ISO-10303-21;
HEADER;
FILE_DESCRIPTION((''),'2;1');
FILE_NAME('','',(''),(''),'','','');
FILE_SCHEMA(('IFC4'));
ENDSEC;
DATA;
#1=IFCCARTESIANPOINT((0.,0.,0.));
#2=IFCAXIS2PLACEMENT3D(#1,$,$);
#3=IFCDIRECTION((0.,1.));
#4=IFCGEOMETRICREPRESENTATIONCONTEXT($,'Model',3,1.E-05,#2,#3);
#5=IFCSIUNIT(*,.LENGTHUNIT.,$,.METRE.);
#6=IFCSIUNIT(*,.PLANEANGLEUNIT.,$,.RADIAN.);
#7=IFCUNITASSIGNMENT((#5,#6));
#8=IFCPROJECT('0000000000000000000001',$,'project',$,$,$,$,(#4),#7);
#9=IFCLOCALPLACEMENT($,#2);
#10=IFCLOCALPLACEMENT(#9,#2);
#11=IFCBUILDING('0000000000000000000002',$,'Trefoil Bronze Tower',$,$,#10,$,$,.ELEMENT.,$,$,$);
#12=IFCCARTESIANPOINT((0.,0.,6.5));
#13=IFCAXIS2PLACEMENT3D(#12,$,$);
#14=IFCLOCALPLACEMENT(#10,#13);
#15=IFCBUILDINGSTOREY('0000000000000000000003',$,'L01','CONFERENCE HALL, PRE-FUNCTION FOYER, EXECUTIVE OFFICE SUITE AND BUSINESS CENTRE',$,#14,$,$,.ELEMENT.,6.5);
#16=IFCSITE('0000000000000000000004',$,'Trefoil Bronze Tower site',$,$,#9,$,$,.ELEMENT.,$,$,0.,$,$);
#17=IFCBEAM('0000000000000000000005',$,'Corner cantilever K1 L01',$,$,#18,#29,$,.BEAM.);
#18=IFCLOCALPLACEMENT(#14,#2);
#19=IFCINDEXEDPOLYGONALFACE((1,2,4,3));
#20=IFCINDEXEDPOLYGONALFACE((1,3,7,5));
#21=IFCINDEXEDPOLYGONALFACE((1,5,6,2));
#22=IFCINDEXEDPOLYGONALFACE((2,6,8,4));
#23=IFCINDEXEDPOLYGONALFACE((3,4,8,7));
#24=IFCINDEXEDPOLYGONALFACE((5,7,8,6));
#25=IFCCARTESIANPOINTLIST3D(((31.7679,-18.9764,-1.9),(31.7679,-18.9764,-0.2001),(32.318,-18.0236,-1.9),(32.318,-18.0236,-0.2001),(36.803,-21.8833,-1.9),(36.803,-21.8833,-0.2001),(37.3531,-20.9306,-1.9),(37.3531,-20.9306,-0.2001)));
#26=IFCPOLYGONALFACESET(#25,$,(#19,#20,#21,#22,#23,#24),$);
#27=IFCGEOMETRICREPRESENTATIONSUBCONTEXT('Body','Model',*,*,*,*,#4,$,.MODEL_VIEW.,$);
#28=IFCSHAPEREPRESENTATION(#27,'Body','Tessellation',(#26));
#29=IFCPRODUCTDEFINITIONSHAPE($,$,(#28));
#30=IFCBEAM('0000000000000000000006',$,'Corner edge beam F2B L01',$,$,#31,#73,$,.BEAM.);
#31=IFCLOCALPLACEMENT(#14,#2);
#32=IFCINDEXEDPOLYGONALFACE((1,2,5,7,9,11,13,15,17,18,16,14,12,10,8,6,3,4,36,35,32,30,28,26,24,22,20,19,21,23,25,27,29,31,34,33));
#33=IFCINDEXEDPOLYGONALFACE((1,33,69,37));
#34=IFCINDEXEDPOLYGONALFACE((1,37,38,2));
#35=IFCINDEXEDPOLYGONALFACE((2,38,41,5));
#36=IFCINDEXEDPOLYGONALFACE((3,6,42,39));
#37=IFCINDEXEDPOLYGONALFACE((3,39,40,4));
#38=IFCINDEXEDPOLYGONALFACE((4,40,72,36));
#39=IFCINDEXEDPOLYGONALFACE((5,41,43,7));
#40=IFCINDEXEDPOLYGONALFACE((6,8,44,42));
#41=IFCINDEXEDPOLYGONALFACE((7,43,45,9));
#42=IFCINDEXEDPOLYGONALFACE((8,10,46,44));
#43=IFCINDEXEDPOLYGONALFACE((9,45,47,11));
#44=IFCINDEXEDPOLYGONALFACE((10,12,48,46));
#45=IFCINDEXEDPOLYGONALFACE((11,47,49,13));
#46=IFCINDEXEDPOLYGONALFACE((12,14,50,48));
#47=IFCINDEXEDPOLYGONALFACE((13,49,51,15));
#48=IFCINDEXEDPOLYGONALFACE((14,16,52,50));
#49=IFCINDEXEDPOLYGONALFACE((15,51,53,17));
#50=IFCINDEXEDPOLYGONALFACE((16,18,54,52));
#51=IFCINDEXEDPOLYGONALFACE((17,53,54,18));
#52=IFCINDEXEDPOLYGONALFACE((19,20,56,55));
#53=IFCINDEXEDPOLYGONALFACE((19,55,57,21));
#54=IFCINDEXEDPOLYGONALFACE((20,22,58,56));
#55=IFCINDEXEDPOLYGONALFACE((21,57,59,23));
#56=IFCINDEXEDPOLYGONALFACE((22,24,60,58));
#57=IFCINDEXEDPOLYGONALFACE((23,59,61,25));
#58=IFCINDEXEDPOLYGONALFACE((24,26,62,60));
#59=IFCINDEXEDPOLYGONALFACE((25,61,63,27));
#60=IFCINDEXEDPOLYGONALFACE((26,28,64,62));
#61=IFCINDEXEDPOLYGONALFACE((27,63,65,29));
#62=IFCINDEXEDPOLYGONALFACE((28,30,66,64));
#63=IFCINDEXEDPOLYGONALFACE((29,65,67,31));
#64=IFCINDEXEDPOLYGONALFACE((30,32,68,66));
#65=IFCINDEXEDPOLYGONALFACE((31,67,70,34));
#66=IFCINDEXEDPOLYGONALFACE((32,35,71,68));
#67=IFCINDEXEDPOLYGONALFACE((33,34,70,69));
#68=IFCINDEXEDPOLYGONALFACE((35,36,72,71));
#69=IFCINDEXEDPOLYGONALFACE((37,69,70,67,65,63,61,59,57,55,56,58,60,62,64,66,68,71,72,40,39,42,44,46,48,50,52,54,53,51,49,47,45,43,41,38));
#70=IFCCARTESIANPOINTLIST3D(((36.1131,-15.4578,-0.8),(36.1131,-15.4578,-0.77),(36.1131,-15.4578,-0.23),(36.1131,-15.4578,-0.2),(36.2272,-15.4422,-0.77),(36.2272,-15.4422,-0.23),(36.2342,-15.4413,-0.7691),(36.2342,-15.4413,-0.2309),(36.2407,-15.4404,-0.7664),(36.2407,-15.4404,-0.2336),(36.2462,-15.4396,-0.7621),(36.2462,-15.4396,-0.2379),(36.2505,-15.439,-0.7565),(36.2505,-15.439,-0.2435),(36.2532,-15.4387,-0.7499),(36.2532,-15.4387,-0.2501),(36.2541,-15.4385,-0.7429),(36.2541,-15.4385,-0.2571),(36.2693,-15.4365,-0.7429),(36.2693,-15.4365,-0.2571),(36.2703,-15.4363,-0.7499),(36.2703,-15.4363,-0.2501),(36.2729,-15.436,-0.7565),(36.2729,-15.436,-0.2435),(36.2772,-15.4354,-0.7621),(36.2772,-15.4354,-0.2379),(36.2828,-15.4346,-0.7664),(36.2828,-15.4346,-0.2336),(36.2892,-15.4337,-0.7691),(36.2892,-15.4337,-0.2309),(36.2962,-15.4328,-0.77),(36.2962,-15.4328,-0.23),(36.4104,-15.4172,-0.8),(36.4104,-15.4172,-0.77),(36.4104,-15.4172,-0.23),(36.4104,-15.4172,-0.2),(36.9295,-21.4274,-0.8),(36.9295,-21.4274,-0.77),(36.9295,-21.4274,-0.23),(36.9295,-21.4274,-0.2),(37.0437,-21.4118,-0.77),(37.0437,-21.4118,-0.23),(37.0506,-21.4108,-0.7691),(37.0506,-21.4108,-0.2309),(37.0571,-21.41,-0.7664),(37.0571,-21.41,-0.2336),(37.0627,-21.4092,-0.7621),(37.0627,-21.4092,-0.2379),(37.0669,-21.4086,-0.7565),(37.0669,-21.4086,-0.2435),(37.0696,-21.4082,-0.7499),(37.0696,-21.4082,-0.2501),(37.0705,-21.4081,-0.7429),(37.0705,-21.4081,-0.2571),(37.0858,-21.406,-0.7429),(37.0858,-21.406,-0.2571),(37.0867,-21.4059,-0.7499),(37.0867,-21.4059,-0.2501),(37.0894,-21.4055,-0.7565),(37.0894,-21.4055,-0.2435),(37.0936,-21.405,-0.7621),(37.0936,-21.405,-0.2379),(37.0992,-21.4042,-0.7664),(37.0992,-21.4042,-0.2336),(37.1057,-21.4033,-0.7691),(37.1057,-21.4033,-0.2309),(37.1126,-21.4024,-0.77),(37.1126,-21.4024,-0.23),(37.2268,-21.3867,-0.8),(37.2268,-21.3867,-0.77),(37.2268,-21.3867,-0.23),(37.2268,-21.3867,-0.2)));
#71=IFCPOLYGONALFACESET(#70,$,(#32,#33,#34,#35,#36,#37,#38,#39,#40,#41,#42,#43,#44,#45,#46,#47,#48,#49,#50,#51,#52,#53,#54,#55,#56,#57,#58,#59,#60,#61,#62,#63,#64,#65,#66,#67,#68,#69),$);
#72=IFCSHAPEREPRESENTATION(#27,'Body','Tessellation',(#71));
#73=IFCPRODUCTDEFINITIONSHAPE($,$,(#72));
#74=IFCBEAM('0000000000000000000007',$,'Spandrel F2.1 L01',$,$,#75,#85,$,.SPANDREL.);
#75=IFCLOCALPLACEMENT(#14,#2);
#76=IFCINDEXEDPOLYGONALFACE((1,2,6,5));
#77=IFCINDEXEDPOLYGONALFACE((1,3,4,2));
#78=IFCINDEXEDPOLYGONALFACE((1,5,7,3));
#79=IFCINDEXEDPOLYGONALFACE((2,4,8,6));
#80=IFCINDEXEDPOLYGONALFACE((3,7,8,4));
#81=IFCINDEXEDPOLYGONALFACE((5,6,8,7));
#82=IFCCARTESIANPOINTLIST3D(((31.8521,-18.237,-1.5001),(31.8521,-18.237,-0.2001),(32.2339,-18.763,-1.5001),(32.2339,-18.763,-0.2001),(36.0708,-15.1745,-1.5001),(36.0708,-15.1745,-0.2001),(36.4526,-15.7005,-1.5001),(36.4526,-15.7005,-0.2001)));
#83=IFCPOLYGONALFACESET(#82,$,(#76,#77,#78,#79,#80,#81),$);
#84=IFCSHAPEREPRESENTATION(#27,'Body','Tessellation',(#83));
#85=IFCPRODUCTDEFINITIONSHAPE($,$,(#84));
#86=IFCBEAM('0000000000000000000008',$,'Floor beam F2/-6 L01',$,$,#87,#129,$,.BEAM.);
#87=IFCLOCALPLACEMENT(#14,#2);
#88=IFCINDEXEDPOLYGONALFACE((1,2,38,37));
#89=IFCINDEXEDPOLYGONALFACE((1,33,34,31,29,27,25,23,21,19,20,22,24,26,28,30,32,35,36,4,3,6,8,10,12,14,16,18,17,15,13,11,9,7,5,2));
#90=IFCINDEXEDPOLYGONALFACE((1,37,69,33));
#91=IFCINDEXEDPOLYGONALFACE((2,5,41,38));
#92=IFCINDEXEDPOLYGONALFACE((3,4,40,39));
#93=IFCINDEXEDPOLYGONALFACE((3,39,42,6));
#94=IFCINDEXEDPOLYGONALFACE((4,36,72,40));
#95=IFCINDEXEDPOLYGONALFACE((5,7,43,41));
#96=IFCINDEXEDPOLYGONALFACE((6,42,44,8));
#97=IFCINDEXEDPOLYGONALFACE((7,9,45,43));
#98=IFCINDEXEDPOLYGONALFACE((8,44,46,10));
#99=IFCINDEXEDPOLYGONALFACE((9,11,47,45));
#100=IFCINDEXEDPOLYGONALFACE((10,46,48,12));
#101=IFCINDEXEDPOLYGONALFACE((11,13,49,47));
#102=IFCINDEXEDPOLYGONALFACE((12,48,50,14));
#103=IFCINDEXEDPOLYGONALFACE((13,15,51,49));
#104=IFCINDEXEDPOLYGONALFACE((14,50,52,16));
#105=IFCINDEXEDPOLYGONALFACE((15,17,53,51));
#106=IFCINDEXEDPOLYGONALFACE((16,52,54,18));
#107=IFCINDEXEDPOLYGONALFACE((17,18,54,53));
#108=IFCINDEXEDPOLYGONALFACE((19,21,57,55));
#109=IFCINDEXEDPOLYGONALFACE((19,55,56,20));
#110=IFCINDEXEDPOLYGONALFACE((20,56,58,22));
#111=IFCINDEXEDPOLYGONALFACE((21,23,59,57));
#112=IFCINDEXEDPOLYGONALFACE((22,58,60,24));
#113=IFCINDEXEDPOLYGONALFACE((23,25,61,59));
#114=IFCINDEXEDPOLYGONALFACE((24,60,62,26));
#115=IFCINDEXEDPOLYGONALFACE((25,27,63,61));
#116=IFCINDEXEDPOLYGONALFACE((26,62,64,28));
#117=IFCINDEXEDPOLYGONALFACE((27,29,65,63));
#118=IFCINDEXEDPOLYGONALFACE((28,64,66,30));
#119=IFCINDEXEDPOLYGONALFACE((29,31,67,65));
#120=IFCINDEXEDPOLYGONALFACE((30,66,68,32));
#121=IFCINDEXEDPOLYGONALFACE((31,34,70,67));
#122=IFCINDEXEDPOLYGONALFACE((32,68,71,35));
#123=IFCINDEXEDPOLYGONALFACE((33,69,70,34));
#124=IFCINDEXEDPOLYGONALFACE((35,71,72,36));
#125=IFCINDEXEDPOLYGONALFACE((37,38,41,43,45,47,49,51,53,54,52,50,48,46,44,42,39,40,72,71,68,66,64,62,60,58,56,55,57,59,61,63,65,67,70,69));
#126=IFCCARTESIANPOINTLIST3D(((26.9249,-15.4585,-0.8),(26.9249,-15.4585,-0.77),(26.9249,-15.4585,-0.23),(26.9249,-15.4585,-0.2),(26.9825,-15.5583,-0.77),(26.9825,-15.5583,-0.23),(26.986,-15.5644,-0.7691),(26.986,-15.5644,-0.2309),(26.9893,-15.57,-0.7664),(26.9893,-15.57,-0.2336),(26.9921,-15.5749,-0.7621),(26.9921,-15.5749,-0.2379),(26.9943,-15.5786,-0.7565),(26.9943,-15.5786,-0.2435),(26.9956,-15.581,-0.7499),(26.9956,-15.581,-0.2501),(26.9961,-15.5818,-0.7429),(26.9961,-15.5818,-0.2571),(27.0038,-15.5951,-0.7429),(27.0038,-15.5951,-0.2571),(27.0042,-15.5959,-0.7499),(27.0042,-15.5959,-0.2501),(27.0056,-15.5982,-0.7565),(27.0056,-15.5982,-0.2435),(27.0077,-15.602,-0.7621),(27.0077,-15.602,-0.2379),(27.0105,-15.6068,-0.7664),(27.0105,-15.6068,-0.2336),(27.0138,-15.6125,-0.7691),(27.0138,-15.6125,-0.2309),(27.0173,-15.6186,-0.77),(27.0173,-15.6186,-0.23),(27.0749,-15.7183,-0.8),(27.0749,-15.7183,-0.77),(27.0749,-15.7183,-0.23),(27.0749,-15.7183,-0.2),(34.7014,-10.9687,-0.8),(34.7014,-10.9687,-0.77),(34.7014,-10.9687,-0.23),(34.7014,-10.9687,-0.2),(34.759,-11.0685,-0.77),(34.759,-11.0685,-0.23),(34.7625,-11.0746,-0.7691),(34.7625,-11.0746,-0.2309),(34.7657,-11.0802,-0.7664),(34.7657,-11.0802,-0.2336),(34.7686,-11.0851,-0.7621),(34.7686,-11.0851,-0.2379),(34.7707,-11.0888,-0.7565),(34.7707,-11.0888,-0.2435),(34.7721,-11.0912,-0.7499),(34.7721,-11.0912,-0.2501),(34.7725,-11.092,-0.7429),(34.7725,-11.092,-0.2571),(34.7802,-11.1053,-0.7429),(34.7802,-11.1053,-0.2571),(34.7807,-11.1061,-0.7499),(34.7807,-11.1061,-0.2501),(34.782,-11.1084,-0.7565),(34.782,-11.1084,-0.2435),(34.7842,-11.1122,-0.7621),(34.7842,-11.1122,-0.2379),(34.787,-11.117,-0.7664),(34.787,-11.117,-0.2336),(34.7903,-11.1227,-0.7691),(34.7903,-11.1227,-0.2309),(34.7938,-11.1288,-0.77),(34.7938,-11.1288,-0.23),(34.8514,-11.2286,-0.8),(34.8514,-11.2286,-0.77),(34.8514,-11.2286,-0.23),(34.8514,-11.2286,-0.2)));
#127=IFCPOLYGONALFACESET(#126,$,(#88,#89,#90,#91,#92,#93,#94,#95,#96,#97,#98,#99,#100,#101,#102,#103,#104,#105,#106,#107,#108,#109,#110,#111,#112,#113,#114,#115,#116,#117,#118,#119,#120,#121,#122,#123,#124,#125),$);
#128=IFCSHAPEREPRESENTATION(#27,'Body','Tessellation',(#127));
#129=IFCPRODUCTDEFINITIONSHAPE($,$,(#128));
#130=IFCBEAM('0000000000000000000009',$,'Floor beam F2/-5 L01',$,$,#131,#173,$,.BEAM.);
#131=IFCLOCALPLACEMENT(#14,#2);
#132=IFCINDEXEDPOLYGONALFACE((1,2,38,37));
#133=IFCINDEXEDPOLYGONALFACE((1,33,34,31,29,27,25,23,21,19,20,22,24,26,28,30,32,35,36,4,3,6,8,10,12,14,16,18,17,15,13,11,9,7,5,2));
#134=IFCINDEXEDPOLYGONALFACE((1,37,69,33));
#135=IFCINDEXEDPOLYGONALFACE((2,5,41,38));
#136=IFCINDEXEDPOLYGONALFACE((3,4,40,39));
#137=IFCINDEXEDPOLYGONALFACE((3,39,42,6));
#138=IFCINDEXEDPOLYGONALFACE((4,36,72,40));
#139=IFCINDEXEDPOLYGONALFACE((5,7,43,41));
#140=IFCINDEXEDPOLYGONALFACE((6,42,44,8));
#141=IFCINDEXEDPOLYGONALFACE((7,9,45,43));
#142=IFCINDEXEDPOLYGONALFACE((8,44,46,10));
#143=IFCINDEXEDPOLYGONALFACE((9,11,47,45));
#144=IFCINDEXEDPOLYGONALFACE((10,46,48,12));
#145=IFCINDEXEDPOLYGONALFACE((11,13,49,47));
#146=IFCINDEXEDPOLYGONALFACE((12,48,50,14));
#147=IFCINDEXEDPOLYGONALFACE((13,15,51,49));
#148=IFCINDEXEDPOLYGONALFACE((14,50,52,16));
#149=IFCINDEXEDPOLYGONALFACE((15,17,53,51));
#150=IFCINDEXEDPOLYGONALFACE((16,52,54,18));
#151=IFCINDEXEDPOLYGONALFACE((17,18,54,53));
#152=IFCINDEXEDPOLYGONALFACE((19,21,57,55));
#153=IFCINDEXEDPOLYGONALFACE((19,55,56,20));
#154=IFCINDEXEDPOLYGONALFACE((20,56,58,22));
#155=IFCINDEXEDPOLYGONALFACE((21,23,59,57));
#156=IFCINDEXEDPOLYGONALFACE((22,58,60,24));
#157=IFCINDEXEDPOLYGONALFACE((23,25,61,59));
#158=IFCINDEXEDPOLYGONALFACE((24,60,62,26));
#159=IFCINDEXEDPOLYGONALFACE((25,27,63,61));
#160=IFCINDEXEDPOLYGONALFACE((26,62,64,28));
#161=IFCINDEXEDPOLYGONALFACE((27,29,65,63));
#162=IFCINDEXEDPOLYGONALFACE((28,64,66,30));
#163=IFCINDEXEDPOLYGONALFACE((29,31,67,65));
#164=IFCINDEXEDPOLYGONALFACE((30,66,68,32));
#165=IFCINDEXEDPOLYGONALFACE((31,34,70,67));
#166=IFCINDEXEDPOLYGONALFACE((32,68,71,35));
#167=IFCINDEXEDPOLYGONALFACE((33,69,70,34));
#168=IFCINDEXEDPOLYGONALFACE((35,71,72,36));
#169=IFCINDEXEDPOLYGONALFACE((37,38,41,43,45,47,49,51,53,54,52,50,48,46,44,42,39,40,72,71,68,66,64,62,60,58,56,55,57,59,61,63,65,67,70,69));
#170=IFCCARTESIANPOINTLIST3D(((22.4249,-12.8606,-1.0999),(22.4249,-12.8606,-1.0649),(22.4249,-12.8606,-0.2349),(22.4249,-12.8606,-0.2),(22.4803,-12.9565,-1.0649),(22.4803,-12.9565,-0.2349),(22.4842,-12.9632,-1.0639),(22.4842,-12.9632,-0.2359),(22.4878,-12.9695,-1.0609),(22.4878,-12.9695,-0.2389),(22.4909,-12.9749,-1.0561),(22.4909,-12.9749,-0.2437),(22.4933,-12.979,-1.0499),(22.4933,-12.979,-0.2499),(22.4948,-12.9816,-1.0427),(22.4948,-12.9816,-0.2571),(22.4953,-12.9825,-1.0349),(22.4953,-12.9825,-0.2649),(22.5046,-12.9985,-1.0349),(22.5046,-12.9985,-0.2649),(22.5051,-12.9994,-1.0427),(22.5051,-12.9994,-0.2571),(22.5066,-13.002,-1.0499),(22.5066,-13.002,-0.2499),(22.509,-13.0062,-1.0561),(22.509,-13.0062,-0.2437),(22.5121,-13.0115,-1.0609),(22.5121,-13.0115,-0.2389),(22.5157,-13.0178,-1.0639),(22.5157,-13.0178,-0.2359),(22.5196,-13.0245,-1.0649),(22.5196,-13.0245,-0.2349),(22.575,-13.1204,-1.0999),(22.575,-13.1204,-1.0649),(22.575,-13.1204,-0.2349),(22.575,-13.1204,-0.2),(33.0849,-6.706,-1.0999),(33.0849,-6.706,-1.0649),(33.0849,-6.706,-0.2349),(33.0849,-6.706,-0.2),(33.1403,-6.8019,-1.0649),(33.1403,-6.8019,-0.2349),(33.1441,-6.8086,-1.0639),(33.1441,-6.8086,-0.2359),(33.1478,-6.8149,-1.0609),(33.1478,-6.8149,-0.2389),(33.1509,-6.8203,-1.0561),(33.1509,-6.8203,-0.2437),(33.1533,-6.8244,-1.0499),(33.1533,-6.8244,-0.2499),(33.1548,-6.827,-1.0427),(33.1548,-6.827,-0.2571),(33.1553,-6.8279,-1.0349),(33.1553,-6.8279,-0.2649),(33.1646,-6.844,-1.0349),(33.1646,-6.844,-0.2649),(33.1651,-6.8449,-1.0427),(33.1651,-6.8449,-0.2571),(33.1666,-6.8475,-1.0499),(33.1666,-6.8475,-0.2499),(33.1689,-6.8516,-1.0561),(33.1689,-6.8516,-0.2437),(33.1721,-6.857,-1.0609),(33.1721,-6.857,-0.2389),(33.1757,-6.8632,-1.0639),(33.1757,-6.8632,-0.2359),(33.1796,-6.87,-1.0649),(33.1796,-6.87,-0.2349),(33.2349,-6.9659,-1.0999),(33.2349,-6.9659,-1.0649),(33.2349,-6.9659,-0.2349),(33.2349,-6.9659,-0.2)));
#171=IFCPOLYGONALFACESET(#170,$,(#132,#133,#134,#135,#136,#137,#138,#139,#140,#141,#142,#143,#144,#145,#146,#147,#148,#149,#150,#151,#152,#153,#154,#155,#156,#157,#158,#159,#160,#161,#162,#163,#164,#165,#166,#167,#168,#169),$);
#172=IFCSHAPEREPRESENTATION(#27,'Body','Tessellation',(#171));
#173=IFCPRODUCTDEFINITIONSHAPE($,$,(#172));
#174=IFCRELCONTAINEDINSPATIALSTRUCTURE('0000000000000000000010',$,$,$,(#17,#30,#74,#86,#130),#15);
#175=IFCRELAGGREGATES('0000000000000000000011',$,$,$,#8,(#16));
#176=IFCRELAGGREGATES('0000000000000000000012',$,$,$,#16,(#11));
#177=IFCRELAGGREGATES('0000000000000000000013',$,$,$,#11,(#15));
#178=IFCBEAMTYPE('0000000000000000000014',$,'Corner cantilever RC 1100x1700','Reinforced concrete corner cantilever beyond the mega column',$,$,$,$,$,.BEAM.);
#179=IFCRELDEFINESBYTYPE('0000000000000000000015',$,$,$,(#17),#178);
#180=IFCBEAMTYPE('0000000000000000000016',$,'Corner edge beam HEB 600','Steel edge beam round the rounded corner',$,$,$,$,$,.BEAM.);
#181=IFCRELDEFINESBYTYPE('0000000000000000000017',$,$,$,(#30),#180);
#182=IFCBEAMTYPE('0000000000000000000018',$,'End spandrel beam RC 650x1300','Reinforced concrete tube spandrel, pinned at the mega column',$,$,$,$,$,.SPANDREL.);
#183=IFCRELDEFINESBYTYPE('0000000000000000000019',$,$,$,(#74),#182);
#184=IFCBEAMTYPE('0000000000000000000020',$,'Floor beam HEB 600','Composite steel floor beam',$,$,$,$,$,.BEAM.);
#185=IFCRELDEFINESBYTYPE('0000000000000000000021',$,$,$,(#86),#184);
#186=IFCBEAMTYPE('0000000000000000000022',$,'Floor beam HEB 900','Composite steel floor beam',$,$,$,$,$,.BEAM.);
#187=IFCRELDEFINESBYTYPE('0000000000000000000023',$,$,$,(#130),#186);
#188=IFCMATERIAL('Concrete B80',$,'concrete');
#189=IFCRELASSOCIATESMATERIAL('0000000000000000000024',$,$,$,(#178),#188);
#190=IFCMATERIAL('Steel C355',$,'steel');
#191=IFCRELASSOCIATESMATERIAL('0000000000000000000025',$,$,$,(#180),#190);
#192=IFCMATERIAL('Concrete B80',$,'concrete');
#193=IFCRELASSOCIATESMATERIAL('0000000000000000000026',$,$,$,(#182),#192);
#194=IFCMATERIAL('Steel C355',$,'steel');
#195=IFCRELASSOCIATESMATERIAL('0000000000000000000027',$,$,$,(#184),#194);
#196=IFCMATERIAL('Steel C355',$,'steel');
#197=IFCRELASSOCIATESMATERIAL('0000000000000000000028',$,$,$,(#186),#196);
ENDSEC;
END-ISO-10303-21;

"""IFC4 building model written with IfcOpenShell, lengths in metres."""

from ifc_helpers import new_model, si_unit, direction, frame, origin, origin_2d, place, context, subcontext, project, spatial, rectangle, i_section, extrude, material, material_profile, profile_set, type_object, element, save


model = new_model("IFC4")

# Units and contexts
model_context = context("Model", 3, precision=1e-05, world=origin(), true_north=direction((0.0, 1.0)))
body_context = subcontext(model_context, "Body", "Model", "MODEL_VIEW")
ifc_project = project(units=[si_unit("LENGTHUNIT", "METRE"), si_unit("PLANEANGLEUNIT", "RADIAN")], contexts=[model_context])

# Site, building, storey
site_placement = place(None, origin())
site = spatial("IfcSite", under=ifc_project, at=site_placement, Name="Trefoil Bronze Tower site", CompositionType="ELEMENT", RefElevation=0.0)
building_placement = place(site_placement, origin())
building = spatial("IfcBuilding", under=site, at=building_placement, Name="Trefoil Bronze Tower", CompositionType="ELEMENT")
storey_placement = place(building_placement, frame((0.0, 0.0, 6.5)))
storey = spatial("IfcBuildingStorey", under=building, at=storey_placement, Name="L01", Description="CONFERENCE HALL, PRE-FUNCTION FOYER, EXECUTIVE OFFICE SUITE AND BUSINESS CENTRE", CompositionType="ELEMENT", Elevation=6.5)

# Beams
ifc_material_1 = material(Name="Concrete B80", Category="concrete")
ifc_material_profile_1 = material_profile(ifc_material_1, rectangle(XDim=1.1001, YDim=1.7, at=origin_2d()), Name="RC 1100x1700")
ifc_profile_set_1 = profile_set([ifc_material_profile_1], Name="Concrete B80")
beam_type_1 = type_object("IfcBeamType", Name="Corner cantilever RC 1100x1700", Description="Reinforced concrete corner cantilever beyond the mega column", PredefinedType="BEAM", material=ifc_profile_set_1)
beam_1_placement = place(storey_placement, frame((32.043, -18.5, -1.05), z_axis=(0.86603, -0.499991, 0.0), x_axis=(0.499991, 0.86603, 0.0)))
element("IfcBeam", 1, at=beam_1_placement, inside=storey, type_object=beam_type_1, Name="Corner cantilever K1 L01", PredefinedType="BEAM", context=body_context, shape_type="SweptSolid", body=[
    extrude(rectangle(XDim=1.1001, YDim=1.7, at=origin_2d()), origin(), (0.0, 0.0, 1.0), 5.814),
])
ifc_material_2 = material(Name="Steel C355", Category="steel")
ifc_material_profile_2 = material_profile(ifc_material_2, i_section(OverallWidth=0.3, OverallDepth=0.6001, WebThickness=0.0154, FlangeThickness=0.03, FilletRadius=0.0271, at=origin_2d()), Name="HEB 600")
ifc_profile_set_2 = profile_set([ifc_material_profile_2], Name="Steel C355")
beam_type_2 = type_object("IfcBeamType", Name="Corner edge beam HEB 600", Description="Steel edge beam round the rounded corner", PredefinedType="BEAM", material=ifc_profile_set_2)
beam_2_placement = place(storey_placement, frame((36.2617, -15.4375, -0.5), z_axis=(0.135502, -0.990777, 0.0), x_axis=(0.990777, 0.135502, 0.0)))
element("IfcBeam", 2, at=beam_2_placement, inside=storey, type_object=beam_type_2, Name="Corner edge beam F2B L01", PredefinedType="BEAM", context=body_context, shape_type="SweptSolid", body=[
    extrude(i_section(OverallWidth=0.3, OverallDepth=0.6001, WebThickness=0.0154, FlangeThickness=0.03, FilletRadius=0.0271, at=origin_2d()), origin(), (0.0, 0.0, 1.0), 6.0251),
])
ifc_material_3 = material(Name="Concrete B80", Category="concrete")
ifc_material_profile_3 = material_profile(ifc_material_3, rectangle(XDim=0.6499, YDim=1.3, at=origin_2d()), Name="RC 650x1300")
ifc_profile_set_3 = profile_set([ifc_material_profile_3], Name="Concrete B80")
beam_type_3 = type_object("IfcBeamType", Name="End spandrel beam RC 650x1300", Description="Reinforced concrete tube spandrel, pinned at the mega column", PredefinedType="SPANDREL", material=ifc_profile_set_3)
beam_3_placement = place(storey_placement, frame((32.043, -18.5, -0.8501), z_axis=(0.809254, 0.587459, 0.0), x_axis=(-0.587459, 0.809254, 0.0)))
element("IfcBeam", 3, at=beam_3_placement, inside=storey, type_object=beam_type_3, Name="Spandrel F2.1 L01", PredefinedType="SPANDREL", context=body_context, shape_type="SweptSolid", body=[
    extrude(rectangle(XDim=0.6499, YDim=1.3, at=origin_2d()), origin(), (0.0, 0.0, 1.0), 5.2131),
])
ifc_material_4 = material(Name="Steel C355", Category="steel")
ifc_material_profile_4 = material_profile(ifc_material_4, i_section(OverallWidth=0.3, OverallDepth=0.6001, WebThickness=0.0154, FlangeThickness=0.03, FilletRadius=0.0271, at=origin_2d()), Name="HEB 600")
ifc_profile_set_4 = profile_set([ifc_material_profile_4], Name="Steel C355")
beam_type_4 = type_object("IfcBeamType", Name="Floor beam HEB 600", Description="Composite steel floor beam", PredefinedType="BEAM", material=ifc_profile_set_4)
beam_4_placement = place(storey_placement, frame((34.7764, -11.0986, -0.5), z_axis=(-0.866023, -0.500005, 0.0), x_axis=(0.500005, -0.866023, 0.0)))
element("IfcBeam", 4, at=beam_4_placement, inside=storey, type_object=beam_type_4, Name="Floor beam F2/-6 L01", PredefinedType="BEAM", context=body_context, shape_type="SweptSolid", body=[
    extrude(i_section(OverallWidth=0.3, OverallDepth=0.6001, WebThickness=0.0154, FlangeThickness=0.03, FilletRadius=0.0271, at=origin_2d()), origin(), (0.0, 0.0, 1.0), 8.9795),
])
ifc_material_5 = material(Name="Steel C355", Category="steel")
ifc_material_profile_5 = material_profile(ifc_material_5, i_section(OverallWidth=0.3, OverallDepth=0.8999, WebThickness=0.0186, FlangeThickness=0.0349, FilletRadius=0.03, at=origin_2d()), Name="HEB 900")
ifc_profile_set_5 = profile_set([ifc_material_profile_5], Name="Steel C355")
beam_type_5 = type_object("IfcBeamType", Name="Floor beam HEB 900", Description="Composite steel floor beam", PredefinedType="BEAM", material=ifc_profile_set_5)
beam_5_placement = place(storey_placement, frame((33.1599, -6.8359, -0.6499), z_axis=(-0.866024, -0.500002, 0.0), x_axis=(0.500002, -0.866024, 0.0)))
element("IfcBeam", 5, at=beam_5_placement, inside=storey, type_object=beam_type_5, Name="Floor beam F2/-5 L01", PredefinedType="BEAM", context=body_context, shape_type="SweptSolid", body=[
    extrude(i_section(OverallWidth=0.3, OverallDepth=0.8999, WebThickness=0.0186, FlangeThickness=0.0349, FilletRadius=0.03, at=origin_2d()), origin(), (0.0, 0.0, 1.0), 12.3091),
])

save(model, "model.ifc")
